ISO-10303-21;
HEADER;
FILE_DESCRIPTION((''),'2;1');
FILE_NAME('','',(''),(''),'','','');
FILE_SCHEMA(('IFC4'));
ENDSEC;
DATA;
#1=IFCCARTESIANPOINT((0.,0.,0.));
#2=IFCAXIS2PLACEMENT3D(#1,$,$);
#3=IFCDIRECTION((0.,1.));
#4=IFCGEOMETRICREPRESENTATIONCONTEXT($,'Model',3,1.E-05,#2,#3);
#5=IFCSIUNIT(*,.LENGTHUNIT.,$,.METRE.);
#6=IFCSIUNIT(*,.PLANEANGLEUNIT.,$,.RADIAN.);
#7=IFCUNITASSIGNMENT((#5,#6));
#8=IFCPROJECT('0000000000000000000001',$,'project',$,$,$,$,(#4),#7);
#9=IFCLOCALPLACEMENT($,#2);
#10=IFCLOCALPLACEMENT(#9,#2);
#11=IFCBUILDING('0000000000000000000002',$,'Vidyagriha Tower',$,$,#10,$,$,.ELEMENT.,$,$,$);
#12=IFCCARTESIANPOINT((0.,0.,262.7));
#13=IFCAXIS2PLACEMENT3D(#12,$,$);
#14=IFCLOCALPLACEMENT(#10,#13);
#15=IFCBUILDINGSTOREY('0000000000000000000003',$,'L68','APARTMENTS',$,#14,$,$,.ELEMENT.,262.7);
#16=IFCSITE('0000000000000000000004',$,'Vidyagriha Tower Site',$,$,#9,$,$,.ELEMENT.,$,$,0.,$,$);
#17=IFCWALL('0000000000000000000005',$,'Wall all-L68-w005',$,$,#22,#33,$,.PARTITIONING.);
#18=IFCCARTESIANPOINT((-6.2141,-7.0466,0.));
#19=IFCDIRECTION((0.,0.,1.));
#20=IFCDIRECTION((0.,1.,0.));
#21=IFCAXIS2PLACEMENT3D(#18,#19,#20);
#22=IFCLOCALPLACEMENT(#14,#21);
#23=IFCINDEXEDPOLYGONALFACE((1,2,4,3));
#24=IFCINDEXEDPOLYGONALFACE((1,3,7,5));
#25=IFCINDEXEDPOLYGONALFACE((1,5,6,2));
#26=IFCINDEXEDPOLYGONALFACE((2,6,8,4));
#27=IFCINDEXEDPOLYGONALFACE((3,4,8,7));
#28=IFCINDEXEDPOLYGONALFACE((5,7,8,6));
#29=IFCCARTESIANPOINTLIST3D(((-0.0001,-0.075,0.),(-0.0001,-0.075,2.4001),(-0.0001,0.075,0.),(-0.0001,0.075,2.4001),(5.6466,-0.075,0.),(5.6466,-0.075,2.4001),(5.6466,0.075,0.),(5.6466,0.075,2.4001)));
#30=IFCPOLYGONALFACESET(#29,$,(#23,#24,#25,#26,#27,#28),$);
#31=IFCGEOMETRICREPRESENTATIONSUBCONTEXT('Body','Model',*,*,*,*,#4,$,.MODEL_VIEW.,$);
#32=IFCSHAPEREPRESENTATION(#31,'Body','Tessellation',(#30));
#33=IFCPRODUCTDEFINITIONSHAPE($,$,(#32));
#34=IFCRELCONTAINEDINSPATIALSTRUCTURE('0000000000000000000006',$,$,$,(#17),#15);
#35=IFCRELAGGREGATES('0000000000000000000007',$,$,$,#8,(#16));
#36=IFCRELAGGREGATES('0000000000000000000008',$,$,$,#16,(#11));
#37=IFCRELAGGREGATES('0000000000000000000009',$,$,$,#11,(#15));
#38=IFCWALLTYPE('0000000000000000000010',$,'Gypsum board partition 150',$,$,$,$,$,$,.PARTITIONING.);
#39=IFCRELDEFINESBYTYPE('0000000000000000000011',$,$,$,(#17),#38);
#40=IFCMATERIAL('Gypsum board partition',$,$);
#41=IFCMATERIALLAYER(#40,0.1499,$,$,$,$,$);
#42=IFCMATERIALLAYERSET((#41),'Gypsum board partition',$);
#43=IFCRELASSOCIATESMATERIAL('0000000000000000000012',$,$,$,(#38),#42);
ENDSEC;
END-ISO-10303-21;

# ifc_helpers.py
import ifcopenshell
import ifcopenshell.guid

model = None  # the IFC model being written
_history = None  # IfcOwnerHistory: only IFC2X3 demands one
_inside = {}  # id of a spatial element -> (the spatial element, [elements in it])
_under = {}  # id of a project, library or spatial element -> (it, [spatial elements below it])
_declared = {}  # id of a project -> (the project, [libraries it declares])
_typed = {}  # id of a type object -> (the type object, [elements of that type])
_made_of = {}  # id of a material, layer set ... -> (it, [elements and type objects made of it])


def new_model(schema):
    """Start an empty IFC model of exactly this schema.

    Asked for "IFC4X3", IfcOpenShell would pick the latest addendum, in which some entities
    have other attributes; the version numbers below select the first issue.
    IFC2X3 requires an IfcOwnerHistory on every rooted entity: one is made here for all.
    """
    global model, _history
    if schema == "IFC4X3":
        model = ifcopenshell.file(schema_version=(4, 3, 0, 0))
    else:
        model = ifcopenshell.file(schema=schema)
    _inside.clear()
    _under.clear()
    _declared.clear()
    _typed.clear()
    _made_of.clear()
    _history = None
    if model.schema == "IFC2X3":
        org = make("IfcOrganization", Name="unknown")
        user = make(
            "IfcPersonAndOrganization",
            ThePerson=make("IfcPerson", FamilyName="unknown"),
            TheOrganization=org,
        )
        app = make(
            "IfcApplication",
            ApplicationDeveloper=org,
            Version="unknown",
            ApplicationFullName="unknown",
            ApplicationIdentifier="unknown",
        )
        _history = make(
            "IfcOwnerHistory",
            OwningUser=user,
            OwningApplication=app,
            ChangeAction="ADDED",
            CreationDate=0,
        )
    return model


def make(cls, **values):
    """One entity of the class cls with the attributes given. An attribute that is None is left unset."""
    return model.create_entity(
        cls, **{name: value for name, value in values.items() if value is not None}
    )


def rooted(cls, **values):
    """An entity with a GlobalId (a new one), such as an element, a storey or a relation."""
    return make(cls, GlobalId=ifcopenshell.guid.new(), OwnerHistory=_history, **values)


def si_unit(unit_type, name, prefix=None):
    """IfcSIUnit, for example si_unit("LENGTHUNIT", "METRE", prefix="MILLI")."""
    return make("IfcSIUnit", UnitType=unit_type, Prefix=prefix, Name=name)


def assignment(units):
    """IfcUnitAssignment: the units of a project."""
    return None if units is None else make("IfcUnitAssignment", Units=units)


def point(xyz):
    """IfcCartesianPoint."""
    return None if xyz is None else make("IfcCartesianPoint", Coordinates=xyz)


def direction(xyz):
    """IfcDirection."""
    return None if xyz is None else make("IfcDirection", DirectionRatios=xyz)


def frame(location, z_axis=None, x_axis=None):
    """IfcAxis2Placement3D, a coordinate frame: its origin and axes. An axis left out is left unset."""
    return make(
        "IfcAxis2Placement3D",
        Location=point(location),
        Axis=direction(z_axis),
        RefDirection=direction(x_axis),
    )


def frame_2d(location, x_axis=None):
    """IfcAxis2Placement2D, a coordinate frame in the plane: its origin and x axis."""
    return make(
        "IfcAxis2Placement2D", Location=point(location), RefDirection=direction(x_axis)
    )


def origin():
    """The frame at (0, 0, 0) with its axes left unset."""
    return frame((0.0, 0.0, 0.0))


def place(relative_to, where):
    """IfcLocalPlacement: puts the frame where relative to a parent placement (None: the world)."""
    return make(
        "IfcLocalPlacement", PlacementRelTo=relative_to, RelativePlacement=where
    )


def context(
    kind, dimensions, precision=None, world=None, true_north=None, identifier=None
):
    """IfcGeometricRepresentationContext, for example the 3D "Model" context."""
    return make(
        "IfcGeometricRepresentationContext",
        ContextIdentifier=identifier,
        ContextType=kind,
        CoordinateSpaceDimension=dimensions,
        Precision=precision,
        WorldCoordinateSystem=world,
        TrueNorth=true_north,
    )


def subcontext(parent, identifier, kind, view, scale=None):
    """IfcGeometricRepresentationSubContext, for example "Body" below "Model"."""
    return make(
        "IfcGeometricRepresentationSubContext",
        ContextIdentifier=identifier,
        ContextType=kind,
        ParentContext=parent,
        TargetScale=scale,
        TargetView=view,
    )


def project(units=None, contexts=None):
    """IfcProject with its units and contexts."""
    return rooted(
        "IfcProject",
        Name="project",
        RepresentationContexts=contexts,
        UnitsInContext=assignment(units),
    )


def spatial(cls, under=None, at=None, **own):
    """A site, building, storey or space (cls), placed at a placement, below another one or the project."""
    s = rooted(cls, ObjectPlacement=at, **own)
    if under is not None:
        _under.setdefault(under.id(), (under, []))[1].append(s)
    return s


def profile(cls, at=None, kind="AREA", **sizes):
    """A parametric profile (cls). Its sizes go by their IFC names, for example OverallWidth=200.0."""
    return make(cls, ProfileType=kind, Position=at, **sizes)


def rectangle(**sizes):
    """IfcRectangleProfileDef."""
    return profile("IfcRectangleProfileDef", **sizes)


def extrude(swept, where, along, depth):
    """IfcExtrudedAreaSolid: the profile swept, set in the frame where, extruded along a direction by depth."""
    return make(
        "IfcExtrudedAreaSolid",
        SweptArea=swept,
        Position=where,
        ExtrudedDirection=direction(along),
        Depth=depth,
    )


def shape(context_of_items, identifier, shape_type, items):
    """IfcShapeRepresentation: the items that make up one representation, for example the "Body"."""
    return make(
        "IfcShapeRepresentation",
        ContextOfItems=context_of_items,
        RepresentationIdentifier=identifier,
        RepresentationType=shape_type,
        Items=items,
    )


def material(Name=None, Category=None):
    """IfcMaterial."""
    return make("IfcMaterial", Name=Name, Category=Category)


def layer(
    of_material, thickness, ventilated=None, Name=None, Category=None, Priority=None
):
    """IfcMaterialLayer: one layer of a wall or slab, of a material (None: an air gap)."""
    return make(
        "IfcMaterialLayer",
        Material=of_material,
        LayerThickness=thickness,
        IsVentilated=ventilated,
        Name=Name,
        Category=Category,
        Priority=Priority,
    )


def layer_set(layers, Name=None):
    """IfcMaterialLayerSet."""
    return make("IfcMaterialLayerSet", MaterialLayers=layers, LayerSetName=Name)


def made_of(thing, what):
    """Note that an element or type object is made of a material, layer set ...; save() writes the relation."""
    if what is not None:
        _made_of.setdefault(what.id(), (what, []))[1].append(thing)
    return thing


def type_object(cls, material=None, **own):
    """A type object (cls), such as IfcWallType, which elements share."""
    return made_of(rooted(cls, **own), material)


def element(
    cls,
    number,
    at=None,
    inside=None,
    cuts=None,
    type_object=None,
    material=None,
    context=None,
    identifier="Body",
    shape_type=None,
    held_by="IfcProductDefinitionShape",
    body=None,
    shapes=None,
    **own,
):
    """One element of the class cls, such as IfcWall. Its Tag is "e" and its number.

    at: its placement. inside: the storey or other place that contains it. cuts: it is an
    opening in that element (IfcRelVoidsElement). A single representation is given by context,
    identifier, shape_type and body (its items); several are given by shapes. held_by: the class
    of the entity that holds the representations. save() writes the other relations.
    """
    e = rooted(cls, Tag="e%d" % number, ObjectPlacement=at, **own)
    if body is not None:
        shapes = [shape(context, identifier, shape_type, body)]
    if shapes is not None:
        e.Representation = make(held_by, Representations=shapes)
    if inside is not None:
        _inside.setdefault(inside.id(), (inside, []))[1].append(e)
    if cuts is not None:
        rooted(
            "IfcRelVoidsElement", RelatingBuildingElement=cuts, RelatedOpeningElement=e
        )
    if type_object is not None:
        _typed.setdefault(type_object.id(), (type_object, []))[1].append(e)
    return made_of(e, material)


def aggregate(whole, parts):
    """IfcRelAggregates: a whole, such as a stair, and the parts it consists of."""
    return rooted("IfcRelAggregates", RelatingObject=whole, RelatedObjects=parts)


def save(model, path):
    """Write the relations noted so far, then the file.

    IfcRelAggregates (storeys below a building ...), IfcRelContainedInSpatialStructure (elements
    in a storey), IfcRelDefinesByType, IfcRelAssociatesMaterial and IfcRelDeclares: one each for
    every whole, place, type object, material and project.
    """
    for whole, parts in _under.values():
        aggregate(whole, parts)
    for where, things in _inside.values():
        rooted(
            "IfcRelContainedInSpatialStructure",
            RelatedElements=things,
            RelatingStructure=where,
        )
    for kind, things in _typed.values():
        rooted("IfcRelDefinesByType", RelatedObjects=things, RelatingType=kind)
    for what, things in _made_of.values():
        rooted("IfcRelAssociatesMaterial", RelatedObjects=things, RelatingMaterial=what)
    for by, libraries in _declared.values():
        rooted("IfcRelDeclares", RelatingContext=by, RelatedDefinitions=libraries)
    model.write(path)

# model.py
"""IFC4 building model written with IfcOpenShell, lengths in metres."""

from ifc_helpers import new_model, si_unit, direction, frame, frame_2d, origin, place, context, subcontext, project, spatial, rectangle, extrude, material, layer, layer_set, type_object, element, save


model = new_model("IFC4")

# Units and contexts
model_context = context("Model", 3, precision=1e-05, world=origin(), true_north=direction((0.0, 1.0)))
body_context = subcontext(model_context, "Body", "Model", "MODEL_VIEW")
ifc_project = project(units=[si_unit("LENGTHUNIT", "METRE"), si_unit("PLANEANGLEUNIT", "RADIAN")], contexts=[model_context])

# Site, building, storey
site_placement = place(None, origin())
site = spatial("IfcSite", under=ifc_project, at=site_placement, Name="Vidyagriha Tower Site", CompositionType="ELEMENT", RefElevation=0.0)
building_placement = place(site_placement, origin())
building = spatial("IfcBuilding", under=site, at=building_placement, Name="Vidyagriha Tower", CompositionType="ELEMENT")
storey_placement = place(building_placement, frame((0.0, 0.0, 262.7)))
storey = spatial("IfcBuildingStorey", under=building, at=storey_placement, Name="L68", Description="APARTMENTS", CompositionType="ELEMENT", Elevation=262.7)

# Wall
ifc_material_1 = material(Name="Gypsum board partition")
ifc_layer_1 = layer(ifc_material_1, 0.1499)
ifc_layer_set_1 = layer_set([ifc_layer_1], Name="Gypsum board partition")
wall_type_1 = type_object("IfcWallType", Name="Gypsum board partition 150", PredefinedType="PARTITIONING", material=ifc_layer_set_1)
wall_1_placement = place(storey_placement, frame((-6.2141, -7.0466, 0.0), z_axis=(0.0, 0.0, 1.0), x_axis=(0.0, 1.0, 0.0)))
element("IfcWall", 1, at=wall_1_placement, inside=storey, type_object=wall_type_1, Name="Wall all-L68-w005", PredefinedType="PARTITIONING", context=body_context, shape_type="SweptSolid", body=[
    extrude(rectangle(XDim=5.6467, YDim=0.1499, at=frame_2d((2.8232, 0.0))), origin(), (0.0, 0.0, 1.0), 2.4001),
])

save(model, "model.ifc")
